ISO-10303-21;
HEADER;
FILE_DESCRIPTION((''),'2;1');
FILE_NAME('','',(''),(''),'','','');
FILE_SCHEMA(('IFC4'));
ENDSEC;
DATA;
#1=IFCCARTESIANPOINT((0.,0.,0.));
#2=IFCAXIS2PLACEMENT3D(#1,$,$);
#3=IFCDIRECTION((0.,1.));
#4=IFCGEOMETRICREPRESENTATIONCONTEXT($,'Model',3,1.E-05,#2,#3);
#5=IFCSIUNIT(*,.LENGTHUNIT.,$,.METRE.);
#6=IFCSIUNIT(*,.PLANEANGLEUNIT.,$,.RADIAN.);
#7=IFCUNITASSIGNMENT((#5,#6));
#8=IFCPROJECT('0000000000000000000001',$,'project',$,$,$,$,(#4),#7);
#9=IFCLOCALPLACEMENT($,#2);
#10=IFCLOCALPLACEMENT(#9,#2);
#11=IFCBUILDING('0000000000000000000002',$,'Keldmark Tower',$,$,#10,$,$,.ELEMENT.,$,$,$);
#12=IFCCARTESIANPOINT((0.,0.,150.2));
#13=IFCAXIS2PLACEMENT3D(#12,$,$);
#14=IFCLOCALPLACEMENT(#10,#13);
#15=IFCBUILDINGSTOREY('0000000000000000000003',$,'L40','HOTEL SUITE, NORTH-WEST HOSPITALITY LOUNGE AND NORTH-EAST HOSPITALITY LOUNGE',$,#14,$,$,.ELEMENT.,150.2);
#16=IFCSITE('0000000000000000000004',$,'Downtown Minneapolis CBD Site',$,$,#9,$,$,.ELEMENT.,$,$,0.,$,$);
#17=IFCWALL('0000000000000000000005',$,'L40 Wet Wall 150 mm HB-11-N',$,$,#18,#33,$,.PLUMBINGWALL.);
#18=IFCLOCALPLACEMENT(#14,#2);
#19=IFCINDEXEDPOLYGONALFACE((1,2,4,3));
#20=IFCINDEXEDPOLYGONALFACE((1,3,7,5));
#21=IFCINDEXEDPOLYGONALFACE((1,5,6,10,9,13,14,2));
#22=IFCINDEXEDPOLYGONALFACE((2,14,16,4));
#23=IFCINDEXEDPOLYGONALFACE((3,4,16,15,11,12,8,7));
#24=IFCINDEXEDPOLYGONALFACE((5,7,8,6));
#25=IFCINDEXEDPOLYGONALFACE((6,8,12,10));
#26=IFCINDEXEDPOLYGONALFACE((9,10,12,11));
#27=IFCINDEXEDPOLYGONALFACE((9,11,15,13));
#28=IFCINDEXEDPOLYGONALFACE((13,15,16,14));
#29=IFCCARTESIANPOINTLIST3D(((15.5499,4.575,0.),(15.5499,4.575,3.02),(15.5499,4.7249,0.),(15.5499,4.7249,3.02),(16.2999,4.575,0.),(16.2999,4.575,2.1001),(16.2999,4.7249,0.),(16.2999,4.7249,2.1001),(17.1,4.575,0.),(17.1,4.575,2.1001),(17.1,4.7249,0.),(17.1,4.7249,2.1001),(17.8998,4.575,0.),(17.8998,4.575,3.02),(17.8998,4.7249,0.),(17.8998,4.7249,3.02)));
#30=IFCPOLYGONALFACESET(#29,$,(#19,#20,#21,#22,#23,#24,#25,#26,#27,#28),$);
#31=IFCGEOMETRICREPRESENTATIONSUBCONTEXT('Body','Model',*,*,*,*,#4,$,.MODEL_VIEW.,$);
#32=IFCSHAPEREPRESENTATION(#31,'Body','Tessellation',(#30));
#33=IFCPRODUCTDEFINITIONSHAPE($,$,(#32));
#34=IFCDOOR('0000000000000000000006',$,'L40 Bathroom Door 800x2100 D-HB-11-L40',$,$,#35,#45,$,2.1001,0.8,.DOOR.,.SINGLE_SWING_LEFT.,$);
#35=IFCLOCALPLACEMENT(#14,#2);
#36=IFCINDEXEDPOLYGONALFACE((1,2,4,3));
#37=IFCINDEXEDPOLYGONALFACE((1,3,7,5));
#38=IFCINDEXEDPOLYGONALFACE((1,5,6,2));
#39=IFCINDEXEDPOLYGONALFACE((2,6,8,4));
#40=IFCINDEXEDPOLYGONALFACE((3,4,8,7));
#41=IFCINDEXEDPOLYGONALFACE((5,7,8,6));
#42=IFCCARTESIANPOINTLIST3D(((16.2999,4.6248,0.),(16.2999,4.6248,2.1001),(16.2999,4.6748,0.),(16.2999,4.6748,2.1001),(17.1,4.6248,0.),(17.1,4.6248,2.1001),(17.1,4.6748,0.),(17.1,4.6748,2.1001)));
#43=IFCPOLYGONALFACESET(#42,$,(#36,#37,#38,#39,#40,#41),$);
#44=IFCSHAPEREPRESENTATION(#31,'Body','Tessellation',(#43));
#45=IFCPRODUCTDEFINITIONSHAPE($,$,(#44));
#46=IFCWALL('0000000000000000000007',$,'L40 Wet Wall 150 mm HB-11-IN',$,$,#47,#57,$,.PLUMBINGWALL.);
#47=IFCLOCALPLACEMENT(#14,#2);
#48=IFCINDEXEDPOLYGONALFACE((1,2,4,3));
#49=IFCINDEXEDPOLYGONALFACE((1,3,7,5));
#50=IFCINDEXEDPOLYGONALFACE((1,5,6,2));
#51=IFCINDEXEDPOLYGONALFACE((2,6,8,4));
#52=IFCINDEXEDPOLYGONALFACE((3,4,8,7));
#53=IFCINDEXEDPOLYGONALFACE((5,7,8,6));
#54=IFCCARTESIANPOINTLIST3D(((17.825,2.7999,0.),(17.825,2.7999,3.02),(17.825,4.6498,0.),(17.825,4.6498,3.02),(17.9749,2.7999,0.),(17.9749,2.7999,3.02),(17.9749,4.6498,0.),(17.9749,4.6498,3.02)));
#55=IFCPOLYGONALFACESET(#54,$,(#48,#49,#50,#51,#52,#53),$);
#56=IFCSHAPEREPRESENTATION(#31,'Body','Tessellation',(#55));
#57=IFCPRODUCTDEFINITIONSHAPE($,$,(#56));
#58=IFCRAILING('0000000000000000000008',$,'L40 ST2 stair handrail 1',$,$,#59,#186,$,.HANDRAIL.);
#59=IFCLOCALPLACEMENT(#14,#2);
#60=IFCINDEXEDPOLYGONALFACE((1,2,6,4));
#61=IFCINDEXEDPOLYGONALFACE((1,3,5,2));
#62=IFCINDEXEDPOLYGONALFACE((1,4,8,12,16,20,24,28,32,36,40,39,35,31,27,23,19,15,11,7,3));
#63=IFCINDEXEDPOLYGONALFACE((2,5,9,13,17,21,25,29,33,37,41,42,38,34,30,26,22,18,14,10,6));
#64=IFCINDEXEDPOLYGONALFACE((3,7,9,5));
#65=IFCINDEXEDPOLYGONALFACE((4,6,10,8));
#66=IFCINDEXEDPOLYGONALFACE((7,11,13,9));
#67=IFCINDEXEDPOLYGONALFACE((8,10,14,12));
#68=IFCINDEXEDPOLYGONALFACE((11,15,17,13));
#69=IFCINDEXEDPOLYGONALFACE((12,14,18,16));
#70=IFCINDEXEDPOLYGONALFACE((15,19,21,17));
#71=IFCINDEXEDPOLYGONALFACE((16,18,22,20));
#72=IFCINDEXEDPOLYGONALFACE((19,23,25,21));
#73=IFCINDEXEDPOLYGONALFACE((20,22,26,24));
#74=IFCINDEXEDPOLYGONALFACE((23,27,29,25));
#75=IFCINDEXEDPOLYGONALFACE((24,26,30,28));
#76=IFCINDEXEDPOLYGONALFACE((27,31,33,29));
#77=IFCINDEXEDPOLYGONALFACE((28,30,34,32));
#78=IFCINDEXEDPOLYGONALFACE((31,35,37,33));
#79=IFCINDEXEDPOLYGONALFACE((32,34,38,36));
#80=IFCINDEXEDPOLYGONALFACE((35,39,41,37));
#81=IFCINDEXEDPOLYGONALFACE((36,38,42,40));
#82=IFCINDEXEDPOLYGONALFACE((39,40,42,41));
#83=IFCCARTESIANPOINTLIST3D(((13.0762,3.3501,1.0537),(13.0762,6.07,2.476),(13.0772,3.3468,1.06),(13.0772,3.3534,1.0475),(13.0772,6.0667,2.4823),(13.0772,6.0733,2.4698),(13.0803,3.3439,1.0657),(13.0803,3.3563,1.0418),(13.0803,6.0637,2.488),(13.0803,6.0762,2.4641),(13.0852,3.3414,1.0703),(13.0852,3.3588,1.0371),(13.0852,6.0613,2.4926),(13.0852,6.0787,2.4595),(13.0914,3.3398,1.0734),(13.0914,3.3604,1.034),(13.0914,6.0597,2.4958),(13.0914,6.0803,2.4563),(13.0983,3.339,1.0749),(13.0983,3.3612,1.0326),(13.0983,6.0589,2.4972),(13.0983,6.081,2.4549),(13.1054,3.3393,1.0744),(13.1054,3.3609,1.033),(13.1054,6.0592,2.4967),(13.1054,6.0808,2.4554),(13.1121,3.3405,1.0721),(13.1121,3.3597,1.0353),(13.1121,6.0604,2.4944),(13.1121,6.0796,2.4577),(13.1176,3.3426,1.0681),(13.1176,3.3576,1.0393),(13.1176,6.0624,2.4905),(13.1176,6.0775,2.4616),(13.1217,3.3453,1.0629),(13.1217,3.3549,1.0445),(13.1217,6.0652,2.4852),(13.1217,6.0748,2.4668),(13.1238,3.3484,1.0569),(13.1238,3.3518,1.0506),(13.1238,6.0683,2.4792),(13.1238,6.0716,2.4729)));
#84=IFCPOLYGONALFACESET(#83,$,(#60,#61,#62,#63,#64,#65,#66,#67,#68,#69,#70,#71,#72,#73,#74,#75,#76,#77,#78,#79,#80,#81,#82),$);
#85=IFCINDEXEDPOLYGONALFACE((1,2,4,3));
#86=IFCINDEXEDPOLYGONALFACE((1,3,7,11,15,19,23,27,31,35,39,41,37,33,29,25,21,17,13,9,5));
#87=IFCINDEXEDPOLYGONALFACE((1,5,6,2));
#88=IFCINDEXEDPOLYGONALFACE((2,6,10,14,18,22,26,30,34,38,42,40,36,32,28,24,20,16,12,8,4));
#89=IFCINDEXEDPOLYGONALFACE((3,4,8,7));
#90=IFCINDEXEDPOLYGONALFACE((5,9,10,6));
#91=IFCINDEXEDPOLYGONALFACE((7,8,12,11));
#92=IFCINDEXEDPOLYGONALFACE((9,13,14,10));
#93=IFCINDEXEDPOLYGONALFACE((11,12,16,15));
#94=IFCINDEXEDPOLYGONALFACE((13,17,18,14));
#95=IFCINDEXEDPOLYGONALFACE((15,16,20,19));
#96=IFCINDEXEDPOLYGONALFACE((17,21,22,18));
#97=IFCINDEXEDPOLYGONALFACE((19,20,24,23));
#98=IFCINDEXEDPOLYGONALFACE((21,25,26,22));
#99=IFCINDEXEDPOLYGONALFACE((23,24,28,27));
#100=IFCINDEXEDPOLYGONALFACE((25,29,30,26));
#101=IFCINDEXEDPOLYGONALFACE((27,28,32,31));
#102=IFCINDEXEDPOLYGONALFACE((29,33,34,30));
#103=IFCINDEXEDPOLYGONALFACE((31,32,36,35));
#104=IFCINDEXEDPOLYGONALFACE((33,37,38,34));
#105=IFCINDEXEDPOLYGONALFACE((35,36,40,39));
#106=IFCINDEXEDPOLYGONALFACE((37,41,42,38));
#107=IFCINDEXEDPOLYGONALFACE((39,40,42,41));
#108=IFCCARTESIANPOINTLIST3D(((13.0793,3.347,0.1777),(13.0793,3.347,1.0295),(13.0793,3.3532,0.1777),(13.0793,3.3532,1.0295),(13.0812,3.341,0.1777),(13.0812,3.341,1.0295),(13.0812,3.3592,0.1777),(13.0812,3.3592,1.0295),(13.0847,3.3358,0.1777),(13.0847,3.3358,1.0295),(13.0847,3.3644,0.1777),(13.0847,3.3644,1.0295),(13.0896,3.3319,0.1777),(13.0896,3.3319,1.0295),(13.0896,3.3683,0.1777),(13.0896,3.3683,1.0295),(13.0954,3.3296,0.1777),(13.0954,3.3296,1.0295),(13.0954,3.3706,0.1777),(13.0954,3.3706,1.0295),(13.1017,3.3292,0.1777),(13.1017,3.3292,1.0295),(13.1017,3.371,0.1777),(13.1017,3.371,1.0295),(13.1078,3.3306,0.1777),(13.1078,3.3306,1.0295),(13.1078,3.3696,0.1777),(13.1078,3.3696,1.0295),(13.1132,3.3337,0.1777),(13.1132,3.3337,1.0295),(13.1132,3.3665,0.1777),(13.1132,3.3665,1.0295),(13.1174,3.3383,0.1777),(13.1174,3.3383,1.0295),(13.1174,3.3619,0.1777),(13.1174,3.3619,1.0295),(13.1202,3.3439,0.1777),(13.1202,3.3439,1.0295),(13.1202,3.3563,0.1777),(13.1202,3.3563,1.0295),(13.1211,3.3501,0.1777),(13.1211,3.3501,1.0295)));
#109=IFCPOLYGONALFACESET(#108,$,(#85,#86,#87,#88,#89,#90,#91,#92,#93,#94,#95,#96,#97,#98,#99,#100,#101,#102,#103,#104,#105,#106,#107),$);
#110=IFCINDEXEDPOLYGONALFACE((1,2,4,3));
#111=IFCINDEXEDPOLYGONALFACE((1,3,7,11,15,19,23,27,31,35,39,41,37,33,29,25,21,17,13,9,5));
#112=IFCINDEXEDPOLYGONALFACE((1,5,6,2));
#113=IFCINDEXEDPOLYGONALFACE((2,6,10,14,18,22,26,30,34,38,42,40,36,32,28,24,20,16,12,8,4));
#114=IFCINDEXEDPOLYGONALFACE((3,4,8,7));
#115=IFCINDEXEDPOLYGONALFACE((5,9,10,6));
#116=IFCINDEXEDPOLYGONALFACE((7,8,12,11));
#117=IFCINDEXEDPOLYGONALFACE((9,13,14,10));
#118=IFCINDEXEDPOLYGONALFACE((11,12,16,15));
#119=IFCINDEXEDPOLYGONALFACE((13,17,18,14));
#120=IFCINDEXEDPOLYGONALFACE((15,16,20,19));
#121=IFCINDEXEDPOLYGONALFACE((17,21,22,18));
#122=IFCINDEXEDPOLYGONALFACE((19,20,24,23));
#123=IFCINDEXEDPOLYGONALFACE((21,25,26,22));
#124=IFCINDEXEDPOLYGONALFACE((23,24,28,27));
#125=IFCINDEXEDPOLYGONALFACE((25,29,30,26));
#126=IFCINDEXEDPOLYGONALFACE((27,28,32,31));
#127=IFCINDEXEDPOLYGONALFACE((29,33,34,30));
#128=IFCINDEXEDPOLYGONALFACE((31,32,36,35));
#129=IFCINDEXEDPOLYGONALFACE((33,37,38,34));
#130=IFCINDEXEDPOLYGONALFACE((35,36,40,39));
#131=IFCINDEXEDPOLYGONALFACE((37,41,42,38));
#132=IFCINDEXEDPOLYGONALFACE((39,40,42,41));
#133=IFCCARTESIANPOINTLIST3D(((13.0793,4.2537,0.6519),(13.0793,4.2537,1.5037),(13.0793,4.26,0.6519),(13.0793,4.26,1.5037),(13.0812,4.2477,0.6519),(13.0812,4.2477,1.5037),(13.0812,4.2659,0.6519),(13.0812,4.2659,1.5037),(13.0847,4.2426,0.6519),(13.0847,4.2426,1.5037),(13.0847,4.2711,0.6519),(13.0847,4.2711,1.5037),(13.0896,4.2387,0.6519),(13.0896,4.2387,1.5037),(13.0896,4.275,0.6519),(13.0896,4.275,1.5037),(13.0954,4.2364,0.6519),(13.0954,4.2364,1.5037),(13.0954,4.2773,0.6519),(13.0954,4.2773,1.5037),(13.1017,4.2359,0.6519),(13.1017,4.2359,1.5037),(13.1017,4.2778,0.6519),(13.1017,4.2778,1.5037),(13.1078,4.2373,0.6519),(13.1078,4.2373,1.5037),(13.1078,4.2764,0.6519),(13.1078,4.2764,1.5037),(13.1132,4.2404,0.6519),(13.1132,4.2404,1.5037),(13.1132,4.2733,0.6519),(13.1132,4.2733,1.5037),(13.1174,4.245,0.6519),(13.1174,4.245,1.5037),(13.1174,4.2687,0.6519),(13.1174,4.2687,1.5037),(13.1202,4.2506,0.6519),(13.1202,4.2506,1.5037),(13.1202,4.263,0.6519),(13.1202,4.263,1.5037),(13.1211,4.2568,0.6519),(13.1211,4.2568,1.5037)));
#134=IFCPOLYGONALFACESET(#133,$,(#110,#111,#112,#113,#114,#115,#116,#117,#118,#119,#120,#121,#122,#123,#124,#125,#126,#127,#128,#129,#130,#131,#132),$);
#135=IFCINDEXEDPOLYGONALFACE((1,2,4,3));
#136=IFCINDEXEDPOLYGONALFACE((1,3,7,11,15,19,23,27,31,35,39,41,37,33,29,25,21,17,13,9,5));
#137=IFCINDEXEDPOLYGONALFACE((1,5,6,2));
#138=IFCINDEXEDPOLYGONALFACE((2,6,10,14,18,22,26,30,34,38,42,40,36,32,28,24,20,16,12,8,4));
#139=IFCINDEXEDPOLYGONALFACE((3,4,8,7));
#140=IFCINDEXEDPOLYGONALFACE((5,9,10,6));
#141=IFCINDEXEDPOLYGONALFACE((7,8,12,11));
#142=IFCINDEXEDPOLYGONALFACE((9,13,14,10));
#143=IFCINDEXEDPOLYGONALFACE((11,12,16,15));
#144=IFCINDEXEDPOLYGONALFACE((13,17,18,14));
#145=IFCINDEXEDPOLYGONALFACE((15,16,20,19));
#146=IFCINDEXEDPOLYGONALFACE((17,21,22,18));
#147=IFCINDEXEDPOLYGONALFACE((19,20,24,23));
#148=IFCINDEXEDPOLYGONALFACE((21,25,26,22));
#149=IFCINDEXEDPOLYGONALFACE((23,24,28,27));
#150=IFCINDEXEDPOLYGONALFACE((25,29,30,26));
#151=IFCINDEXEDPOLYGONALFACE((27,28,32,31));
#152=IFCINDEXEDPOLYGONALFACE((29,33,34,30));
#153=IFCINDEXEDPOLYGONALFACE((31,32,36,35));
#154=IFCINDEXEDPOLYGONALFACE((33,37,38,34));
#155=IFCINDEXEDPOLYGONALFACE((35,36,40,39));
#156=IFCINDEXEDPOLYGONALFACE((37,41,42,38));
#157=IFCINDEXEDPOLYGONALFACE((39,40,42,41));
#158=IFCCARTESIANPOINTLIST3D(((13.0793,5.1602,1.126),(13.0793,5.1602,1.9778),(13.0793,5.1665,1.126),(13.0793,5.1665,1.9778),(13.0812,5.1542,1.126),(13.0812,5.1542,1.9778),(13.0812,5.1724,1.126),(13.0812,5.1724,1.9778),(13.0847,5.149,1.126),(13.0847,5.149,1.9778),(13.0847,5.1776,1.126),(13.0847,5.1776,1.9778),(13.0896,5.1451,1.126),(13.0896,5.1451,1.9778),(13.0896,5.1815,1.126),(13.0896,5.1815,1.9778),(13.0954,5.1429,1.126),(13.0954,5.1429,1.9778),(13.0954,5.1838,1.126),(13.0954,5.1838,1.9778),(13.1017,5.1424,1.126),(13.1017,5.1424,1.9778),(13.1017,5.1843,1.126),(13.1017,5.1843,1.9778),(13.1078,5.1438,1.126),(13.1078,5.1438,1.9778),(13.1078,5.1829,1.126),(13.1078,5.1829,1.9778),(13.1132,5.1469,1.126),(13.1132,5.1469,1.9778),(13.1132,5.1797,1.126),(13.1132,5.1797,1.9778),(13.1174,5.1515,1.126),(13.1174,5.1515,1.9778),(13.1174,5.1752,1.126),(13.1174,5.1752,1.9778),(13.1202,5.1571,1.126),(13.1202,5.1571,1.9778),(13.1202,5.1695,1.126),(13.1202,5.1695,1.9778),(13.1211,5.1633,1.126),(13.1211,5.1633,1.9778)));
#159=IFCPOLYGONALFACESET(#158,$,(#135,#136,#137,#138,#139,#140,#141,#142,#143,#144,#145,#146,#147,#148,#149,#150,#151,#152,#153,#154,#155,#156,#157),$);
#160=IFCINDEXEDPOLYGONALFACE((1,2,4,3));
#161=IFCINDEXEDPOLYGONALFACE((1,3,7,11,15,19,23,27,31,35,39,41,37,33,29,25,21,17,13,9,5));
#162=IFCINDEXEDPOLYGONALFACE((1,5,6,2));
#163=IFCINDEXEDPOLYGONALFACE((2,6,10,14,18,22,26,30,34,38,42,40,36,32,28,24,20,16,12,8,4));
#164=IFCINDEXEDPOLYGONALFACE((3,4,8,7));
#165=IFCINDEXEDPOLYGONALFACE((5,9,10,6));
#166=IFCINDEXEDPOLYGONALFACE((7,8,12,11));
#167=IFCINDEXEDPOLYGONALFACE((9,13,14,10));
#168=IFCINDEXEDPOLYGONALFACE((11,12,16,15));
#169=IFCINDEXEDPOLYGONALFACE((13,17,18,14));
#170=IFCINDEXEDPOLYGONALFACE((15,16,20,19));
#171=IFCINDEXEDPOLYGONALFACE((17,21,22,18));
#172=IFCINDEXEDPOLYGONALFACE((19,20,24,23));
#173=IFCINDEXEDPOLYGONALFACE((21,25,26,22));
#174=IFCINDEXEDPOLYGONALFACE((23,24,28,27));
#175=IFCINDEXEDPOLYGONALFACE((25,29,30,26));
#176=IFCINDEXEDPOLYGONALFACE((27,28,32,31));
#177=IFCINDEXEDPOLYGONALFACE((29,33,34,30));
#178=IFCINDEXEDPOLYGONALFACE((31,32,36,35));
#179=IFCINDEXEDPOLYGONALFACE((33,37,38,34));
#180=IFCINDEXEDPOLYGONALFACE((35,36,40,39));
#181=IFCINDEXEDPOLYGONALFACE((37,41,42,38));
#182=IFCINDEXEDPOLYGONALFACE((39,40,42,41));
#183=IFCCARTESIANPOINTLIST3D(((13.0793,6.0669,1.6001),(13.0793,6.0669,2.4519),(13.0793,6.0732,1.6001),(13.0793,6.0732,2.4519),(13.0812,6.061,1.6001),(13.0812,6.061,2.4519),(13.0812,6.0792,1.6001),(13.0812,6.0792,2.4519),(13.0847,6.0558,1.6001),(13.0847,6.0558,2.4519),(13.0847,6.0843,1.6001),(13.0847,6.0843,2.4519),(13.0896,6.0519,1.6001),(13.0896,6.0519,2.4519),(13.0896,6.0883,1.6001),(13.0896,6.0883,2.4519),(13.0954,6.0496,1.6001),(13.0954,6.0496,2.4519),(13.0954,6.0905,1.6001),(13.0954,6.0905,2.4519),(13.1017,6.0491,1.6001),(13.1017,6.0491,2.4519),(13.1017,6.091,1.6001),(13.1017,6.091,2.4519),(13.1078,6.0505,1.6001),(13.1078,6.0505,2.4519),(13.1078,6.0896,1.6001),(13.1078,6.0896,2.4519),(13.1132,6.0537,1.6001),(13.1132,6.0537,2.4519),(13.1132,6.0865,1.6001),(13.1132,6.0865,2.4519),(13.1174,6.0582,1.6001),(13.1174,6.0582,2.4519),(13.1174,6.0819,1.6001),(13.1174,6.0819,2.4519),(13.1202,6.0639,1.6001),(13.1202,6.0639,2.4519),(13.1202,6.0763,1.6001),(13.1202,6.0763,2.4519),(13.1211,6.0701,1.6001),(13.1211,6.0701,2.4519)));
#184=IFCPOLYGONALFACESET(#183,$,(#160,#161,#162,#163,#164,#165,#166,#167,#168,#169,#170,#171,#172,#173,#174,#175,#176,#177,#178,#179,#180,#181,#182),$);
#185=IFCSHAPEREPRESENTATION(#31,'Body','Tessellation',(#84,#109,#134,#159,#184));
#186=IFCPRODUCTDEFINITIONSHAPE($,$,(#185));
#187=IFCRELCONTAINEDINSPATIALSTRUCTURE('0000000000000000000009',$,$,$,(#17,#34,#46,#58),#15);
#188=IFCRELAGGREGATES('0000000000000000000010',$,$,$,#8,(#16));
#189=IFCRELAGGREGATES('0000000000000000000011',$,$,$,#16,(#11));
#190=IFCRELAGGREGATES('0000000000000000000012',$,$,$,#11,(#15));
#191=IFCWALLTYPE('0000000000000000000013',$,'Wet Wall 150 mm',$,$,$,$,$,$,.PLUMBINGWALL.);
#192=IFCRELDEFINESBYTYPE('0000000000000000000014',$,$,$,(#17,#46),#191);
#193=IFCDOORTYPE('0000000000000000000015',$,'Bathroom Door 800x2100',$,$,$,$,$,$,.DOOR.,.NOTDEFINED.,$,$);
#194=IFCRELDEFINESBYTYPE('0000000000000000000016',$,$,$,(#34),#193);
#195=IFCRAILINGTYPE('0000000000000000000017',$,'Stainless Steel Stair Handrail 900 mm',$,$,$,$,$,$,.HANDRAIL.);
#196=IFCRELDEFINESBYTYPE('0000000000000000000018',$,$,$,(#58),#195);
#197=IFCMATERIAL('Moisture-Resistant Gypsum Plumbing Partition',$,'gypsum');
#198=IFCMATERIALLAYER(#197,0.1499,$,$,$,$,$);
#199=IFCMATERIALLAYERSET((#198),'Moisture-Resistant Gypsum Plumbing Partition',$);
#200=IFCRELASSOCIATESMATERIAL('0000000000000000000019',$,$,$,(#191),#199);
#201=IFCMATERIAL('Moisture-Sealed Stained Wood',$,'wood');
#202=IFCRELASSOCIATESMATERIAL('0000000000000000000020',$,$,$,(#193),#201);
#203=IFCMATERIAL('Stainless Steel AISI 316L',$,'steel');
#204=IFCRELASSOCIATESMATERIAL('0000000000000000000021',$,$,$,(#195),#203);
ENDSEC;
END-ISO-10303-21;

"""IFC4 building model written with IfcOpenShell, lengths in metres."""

from ifc_helpers import new_model, si_unit, direction, frame, frame_2d, origin, origin_2d, place, context, subcontext, project, spatial, rectangle, circle, extrude, material, layer, layer_set, type_object, element, fill, save


model = new_model("IFC4")

# Units and contexts
model_context = context("Model", 3, precision=1e-05, world=origin(), true_north=direction((0.0, 1.0)))
body_context = subcontext(model_context, "Body", "Model", "MODEL_VIEW")
ifc_project = project(units=[si_unit("LENGTHUNIT", "METRE"), si_unit("PLANEANGLEUNIT", "RADIAN")], contexts=[model_context])

# Site, building, storey
site_placement = place(None, origin())
site = spatial("IfcSite", under=ifc_project, at=site_placement, Name="Downtown Minneapolis CBD Site", CompositionType="ELEMENT", RefElevation=0.0)
building_placement = place(site_placement, origin())
building = spatial("IfcBuilding", under=site, at=building_placement, Name="Keldmark Tower", CompositionType="ELEMENT")
storey_placement = place(building_placement, frame((0.0, 0.0, 150.2)))
storey = spatial("IfcBuildingStorey", under=building, at=storey_placement, Name="L40", Description="HOTEL SUITE, NORTH-WEST HOSPITALITY LOUNGE AND NORTH-EAST HOSPITALITY LOUNGE", CompositionType="ELEMENT", Elevation=150.2)

# Shared definitions
ifc_material_1 = material(Name="Moisture-Resistant Gypsum Plumbing Partition", Category="gypsum")
ifc_layer_1 = layer(ifc_material_1, 0.1499)
ifc_layer_set_1 = layer_set([ifc_layer_1], Name="Moisture-Resistant Gypsum Plumbing Partition")
wall_type_1 = type_object("IfcWallType", Name="Wet Wall 150 mm", PredefinedType="PLUMBINGWALL", material=ifc_layer_set_1)

# Wall, opening, door
wall_1_placement = place(storey_placement, frame((15.55, 4.6499, 0.0), z_axis=(0.0, 0.0, 1.0), x_axis=(1.0, 0.0, 0.0)))
wall_1 = element("IfcWall", 1, at=wall_1_placement, inside=storey, type_object=wall_type_1, Name="L40 Wet Wall 150 mm HB-11-N", PredefinedType="PLUMBINGWALL", context=body_context, shape_type="SweptSolid", body=[
    extrude(rectangle(XDim=2.3499, YDim=0.1499, at=frame_2d((1.1748, 0.0))), origin(), (0.0, 0.0, 1.0), 3.02),
])
opening_1_placement = place(wall_1_placement, frame((0.75, 0.0, 0.0)))
opening_1 = element("IfcOpeningElement", 2, at=opening_1_placement, cuts=wall_1, PredefinedType="OPENING", context=body_context, shape_type="SweptSolid", body=[
    extrude(rectangle(XDim=0.8, YDim=2.1001, at=frame_2d((0.3999, 1.05))), frame((0.0, 0.085, 0.0), z_axis=(0.0, -1.0, 0.0), x_axis=(1.0, 0.0, 0.0)), (0.0, 0.0, 1.0), 0.1699),
])
ifc_material_2 = material(Name="Moisture-Sealed Stained Wood", Category="wood")
door_type_1 = type_object("IfcDoorType", Name="Bathroom Door 800x2100", OperationType="NOTDEFINED", PredefinedType="DOOR", material=ifc_material_2)
door_1_placement = place(opening_1_placement, origin())
door_1 = element("IfcDoor", 3, at=door_1_placement, inside=storey, type_object=door_type_1, Name="L40 Bathroom Door 800x2100 D-HB-11-L40", OperationType="SINGLE_SWING_LEFT", OverallHeight=2.1001, OverallWidth=0.8, PredefinedType="DOOR", context=body_context, shape_type="SweptSolid", body=[
    extrude(rectangle(XDim=0.8, YDim=2.1001, at=frame_2d((0.3999, 1.05))), frame((0.0, 0.0249, 0.0), z_axis=(0.0, -1.0, 0.0), x_axis=(1.0, 0.0, 0.0)), (0.0, 0.0, 1.0), 0.05),
])
fill(opening_1, door_1)

# Wall
wall_2_placement = place(storey_placement, frame((17.8999, 2.8, 0.0), z_axis=(0.0, 0.0, 1.0), x_axis=(0.0, 1.0, 0.0)))
element("IfcWall", 4, at=wall_2_placement, inside=storey, type_object=wall_type_1, Name="L40 Wet Wall 150 mm HB-11-IN", PredefinedType="PLUMBINGWALL", context=body_context, shape_type="SweptSolid", body=[
    extrude(rectangle(XDim=1.8499, YDim=0.1499, at=frame_2d((0.9248, 0.0))), origin(), (0.0, 0.0, 1.0), 3.02),
])

# Railing
ifc_material_3 = material(Name="Stainless Steel AISI 316L", Category="steel")
railing_type = type_object("IfcRailingType", Name="Stainless Steel Stair Handrail 900 mm", PredefinedType="HANDRAIL", material=ifc_material_3)
railing_placement = place(storey_placement, frame((13.1001, 3.3501, 0.1777)))
element("IfcRailing", 5, at=railing_placement, inside=storey, type_object=railing_type, Name="L40 ST2 stair handrail 1", PredefinedType="HANDRAIL", context=body_context, shape_type="SweptSolid", body=[
    extrude(circle(Radius=0.0239, at=origin_2d()), frame((0.0, 0.0, 0.876), z_axis=(0.0, 0.88615, 0.463398), x_axis=(-1.0, 0.0, 0.0)), (0.0, 0.0, 1.0), 3.0693),
    extrude(circle(Radius=0.021, at=origin_2d()), origin(), (0.0, 0.0, 1.0), 0.8518),
    extrude(circle(Radius=0.021, at=origin_2d()), frame((0.0, 0.9067, 0.4741)), (0.0, 0.0, 1.0), 0.8518),
    extrude(circle(Radius=0.021, at=origin_2d()), frame((0.0, 1.8132, 0.9482)), (0.0, 0.0, 1.0), 0.8518),
    extrude(circle(Radius=0.021, at=origin_2d()), frame((0.0, 2.72, 1.4224)), (0.0, 0.0, 1.0), 0.8518),
])

save(model, "model.ifc")
